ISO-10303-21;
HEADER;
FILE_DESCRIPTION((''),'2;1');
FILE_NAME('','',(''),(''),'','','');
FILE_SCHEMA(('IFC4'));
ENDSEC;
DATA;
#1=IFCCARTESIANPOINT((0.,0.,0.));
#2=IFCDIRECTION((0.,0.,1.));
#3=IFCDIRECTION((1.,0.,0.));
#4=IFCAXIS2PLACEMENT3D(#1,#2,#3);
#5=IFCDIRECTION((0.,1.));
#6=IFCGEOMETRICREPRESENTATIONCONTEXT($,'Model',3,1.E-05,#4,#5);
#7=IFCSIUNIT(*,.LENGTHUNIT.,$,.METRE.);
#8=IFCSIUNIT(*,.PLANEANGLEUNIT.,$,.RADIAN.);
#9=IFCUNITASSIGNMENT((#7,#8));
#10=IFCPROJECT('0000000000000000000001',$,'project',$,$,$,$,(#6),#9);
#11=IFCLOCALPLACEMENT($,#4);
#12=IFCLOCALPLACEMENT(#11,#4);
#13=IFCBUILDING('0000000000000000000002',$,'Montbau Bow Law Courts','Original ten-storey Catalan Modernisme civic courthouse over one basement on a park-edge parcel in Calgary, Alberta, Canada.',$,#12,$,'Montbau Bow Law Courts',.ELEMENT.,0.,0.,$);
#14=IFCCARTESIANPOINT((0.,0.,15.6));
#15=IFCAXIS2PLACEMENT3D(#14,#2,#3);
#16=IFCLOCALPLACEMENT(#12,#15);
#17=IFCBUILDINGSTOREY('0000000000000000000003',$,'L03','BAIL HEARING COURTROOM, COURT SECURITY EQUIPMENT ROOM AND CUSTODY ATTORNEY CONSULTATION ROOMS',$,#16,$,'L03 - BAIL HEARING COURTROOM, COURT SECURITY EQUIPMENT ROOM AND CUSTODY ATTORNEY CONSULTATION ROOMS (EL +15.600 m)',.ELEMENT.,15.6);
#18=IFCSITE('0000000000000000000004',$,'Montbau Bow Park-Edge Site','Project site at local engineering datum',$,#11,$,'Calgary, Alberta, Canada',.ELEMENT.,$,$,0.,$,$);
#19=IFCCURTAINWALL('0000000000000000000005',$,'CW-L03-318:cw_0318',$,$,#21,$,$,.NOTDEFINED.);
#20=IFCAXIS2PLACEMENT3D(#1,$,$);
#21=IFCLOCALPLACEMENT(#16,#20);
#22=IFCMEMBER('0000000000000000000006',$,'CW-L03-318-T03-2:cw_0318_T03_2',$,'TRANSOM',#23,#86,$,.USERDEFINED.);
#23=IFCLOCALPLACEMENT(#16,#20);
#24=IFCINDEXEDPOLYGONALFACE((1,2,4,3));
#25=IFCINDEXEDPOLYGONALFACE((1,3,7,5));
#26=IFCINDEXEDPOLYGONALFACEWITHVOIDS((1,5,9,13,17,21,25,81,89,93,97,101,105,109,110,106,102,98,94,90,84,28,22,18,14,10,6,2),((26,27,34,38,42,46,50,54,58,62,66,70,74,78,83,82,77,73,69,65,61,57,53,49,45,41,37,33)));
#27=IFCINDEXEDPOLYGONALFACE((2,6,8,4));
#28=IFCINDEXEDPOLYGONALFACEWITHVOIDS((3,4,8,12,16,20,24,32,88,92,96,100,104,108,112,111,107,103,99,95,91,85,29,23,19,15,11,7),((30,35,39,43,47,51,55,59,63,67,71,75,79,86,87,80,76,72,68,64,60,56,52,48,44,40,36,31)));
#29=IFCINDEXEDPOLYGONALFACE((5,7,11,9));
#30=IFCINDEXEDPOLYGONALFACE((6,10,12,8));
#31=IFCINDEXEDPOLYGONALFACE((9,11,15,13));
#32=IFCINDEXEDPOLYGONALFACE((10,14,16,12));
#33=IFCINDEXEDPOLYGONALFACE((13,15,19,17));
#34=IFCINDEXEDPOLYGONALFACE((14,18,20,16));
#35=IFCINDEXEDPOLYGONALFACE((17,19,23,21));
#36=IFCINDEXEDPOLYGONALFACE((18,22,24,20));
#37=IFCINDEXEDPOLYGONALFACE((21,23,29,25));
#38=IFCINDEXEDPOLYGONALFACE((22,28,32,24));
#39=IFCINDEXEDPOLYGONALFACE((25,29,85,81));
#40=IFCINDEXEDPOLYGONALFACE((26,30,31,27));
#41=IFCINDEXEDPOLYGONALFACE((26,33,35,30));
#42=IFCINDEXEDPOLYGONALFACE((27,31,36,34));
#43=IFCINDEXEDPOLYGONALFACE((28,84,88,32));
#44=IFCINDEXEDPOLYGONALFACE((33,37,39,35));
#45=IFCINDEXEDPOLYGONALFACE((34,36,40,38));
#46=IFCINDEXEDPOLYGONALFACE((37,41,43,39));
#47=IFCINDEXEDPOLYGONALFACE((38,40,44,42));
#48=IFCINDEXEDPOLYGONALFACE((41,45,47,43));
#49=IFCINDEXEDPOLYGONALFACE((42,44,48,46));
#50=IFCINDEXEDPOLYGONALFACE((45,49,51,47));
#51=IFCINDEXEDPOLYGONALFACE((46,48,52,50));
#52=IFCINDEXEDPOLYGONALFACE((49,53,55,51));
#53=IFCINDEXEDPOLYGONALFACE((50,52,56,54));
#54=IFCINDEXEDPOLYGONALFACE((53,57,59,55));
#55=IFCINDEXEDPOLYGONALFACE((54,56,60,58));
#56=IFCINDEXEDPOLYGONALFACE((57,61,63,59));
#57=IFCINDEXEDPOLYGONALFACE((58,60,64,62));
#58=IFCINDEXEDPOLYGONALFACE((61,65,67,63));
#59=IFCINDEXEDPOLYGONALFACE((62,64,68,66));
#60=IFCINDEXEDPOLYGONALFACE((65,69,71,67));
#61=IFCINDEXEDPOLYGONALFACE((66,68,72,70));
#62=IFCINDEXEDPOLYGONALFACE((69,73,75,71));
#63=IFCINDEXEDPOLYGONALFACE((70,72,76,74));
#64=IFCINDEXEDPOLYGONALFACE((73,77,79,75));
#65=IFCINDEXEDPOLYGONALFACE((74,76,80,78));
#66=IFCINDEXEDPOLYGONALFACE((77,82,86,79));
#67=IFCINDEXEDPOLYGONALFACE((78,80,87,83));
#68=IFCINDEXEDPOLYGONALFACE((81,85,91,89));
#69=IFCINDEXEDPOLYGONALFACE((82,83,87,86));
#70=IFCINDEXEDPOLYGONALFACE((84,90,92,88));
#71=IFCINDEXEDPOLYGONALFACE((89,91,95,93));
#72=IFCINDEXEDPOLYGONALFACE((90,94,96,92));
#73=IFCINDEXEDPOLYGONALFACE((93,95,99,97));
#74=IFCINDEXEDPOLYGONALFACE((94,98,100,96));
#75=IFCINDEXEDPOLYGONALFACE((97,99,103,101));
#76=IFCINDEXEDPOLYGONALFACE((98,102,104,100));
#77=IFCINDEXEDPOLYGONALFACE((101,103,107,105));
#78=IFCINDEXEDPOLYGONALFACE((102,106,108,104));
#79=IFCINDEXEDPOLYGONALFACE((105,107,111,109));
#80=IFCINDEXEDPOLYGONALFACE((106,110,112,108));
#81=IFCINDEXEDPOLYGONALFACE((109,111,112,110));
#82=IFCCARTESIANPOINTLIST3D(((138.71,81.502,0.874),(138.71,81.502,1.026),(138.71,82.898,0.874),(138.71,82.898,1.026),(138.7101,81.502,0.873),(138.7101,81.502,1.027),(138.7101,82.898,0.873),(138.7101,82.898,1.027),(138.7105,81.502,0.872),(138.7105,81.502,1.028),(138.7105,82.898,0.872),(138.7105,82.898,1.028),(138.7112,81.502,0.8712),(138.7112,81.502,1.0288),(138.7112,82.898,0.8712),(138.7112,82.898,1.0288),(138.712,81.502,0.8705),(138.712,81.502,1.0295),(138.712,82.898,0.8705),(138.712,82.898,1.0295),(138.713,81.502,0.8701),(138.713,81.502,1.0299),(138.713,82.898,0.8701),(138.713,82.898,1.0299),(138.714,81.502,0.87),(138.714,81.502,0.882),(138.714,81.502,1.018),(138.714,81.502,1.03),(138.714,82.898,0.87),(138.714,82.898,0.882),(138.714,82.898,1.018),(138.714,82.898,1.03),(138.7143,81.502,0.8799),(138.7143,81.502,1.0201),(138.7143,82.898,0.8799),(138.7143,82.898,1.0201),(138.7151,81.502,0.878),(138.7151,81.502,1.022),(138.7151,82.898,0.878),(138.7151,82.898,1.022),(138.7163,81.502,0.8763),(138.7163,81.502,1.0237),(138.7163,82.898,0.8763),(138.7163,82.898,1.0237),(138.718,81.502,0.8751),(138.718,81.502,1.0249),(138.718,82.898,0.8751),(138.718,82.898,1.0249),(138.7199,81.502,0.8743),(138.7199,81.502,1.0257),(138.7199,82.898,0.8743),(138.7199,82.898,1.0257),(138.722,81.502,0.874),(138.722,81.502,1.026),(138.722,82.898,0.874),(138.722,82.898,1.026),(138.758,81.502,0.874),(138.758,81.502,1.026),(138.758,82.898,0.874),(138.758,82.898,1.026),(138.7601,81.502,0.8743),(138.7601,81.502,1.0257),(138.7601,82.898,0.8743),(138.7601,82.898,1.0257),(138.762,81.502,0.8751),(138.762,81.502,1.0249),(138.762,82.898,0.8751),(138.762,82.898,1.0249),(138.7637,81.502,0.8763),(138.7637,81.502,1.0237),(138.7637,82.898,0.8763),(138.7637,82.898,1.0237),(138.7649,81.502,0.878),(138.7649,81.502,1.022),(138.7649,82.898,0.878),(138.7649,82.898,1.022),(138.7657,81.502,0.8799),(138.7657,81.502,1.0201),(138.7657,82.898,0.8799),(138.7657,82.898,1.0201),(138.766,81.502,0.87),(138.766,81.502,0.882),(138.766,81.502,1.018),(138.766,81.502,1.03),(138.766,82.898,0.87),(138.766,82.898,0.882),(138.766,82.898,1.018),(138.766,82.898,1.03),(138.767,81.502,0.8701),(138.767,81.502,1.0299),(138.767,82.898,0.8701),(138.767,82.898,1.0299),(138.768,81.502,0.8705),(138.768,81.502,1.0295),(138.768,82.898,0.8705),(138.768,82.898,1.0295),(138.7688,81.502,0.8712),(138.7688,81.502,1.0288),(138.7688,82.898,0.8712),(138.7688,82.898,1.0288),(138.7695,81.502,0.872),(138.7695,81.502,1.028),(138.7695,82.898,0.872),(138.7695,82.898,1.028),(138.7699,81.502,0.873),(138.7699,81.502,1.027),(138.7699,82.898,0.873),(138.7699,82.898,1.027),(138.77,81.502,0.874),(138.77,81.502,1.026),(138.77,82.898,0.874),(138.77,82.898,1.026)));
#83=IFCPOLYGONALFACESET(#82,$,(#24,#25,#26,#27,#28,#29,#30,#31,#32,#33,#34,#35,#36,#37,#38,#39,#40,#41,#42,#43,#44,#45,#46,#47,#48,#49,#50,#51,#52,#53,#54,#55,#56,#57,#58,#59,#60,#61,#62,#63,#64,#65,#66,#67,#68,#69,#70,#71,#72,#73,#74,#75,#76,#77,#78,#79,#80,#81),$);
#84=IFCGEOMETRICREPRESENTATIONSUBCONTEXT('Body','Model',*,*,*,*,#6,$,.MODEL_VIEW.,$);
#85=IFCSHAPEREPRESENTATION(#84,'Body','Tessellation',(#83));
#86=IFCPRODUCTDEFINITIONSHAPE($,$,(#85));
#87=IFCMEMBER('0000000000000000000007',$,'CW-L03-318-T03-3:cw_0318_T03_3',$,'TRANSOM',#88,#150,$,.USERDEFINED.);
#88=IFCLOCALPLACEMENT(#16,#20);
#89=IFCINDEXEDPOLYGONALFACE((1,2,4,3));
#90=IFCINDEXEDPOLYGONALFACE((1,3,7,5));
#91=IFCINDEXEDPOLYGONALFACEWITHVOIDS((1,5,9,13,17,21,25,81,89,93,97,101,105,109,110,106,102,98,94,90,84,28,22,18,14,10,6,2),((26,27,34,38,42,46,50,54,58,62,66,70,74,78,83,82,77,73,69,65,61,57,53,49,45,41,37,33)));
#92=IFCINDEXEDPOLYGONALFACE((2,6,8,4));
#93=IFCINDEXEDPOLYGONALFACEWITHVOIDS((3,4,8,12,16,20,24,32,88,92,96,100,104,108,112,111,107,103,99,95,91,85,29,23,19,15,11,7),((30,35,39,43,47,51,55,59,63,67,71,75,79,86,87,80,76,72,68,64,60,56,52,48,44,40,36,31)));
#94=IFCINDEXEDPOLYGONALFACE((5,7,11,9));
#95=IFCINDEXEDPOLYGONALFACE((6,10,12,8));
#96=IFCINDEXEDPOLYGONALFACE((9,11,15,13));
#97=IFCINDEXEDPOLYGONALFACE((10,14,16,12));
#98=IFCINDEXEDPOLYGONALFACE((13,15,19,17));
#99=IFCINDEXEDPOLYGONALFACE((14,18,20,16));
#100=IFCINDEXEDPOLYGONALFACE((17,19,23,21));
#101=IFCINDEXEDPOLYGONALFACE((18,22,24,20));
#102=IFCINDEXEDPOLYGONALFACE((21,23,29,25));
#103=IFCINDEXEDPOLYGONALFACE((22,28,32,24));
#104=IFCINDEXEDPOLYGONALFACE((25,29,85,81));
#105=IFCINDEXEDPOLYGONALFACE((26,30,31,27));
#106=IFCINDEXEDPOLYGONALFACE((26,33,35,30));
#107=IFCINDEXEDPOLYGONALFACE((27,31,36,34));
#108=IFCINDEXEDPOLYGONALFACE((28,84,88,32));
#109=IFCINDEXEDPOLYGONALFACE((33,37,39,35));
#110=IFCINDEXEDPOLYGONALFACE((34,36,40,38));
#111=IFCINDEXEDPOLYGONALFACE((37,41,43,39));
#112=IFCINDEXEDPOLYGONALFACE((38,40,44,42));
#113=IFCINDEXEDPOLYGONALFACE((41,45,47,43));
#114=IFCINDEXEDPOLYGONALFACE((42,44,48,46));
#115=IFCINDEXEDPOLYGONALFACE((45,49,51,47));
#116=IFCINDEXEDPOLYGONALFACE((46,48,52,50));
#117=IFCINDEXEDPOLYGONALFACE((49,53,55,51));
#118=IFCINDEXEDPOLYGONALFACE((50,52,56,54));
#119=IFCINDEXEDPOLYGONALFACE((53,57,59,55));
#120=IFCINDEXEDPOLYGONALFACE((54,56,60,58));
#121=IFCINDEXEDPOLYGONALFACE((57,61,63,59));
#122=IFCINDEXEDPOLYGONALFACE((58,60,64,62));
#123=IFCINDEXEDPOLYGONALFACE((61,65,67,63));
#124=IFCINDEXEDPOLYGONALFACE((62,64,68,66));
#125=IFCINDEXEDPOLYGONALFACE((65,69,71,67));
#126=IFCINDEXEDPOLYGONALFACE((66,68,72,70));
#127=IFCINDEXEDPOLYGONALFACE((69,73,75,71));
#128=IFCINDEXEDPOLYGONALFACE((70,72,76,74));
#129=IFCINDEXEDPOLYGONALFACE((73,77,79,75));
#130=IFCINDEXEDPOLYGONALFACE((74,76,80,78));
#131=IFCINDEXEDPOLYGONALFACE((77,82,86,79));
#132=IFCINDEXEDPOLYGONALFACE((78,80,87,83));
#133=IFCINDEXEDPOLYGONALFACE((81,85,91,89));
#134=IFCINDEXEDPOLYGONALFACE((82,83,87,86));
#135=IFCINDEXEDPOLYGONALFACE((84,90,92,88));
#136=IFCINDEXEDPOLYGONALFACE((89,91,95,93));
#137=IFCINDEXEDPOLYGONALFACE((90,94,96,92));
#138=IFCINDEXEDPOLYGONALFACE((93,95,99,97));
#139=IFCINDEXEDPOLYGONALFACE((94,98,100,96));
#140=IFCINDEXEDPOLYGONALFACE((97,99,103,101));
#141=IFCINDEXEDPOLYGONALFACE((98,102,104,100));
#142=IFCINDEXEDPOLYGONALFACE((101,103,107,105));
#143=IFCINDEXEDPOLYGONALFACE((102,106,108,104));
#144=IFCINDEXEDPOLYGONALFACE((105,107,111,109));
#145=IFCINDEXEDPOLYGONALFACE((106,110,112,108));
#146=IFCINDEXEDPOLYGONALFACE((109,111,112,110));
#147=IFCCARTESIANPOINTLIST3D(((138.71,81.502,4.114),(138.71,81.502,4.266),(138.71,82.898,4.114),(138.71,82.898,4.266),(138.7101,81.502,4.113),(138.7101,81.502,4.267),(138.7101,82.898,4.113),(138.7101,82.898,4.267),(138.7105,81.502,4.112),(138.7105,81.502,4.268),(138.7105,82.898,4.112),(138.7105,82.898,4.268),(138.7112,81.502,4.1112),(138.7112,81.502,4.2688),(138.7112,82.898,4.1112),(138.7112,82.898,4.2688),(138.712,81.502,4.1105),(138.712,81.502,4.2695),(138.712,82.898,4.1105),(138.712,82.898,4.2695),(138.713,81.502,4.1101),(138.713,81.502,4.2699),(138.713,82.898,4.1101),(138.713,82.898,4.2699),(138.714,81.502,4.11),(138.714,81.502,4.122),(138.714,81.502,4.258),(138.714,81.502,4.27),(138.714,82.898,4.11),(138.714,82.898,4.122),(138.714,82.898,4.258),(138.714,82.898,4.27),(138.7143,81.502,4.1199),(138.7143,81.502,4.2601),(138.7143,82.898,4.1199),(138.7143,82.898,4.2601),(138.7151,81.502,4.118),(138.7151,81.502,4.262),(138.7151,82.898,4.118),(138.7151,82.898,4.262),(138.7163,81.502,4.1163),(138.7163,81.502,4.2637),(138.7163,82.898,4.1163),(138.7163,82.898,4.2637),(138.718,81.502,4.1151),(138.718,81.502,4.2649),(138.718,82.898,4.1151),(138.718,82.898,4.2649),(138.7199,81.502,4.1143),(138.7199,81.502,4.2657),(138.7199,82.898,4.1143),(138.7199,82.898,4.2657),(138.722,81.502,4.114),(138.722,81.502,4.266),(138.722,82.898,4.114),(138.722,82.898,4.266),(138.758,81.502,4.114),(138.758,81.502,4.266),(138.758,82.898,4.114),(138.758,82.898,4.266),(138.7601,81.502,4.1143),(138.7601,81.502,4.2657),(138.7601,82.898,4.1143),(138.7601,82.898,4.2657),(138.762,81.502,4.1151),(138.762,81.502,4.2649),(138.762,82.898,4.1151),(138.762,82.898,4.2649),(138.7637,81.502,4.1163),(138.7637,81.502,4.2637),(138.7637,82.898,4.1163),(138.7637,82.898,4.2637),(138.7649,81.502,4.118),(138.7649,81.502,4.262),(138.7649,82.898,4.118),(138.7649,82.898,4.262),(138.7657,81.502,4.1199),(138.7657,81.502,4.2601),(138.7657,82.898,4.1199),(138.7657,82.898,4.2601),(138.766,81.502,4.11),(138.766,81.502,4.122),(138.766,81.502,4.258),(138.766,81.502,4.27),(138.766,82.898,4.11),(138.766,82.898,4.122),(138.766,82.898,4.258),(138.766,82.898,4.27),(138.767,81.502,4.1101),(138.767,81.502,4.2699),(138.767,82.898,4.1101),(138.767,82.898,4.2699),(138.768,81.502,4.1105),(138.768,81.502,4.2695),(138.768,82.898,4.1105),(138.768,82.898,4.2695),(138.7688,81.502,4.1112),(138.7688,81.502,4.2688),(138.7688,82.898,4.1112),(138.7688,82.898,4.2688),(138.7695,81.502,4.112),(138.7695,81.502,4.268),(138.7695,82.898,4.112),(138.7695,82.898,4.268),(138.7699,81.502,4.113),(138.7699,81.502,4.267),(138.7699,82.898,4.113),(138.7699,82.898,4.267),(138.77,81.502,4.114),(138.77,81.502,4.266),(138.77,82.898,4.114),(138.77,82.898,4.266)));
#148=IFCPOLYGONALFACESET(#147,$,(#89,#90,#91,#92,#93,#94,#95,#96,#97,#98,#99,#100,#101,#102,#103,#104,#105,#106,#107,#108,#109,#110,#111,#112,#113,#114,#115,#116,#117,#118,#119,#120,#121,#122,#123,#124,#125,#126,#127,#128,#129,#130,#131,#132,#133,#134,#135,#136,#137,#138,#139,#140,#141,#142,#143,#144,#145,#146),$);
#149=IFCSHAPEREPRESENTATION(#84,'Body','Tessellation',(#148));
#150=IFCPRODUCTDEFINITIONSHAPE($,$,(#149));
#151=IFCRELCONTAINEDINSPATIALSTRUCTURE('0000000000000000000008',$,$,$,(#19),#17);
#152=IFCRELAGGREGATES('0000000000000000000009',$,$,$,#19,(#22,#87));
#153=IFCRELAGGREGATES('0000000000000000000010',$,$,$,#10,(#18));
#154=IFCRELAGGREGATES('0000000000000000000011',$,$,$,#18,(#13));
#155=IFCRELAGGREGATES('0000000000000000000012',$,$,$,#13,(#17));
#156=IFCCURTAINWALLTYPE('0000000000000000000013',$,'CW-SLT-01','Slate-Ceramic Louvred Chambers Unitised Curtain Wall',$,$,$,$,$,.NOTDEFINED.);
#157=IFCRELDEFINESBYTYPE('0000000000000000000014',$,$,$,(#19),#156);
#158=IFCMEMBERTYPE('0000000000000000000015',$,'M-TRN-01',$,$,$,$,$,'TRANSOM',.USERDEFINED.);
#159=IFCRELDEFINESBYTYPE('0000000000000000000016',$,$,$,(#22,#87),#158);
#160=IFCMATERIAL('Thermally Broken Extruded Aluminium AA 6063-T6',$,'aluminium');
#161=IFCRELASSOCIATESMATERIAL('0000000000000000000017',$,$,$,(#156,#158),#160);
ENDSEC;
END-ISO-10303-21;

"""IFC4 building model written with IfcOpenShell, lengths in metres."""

from ifc_helpers import new_model, si_unit, direction, frame, origin_with_axes, origin_2d_with_axis, place, context, subcontext, project, spatial, hollow_rectangle, extrude, material, material_profile, profile_set, type_object, element, aggregate, save


model = new_model("IFC4")

# Units and contexts
model_context = context("Model", 3, precision=1e-05, world=origin_with_axes(), true_north=direction((0.0, 1.0)))
body_context = subcontext(model_context, "Body", "Model", "MODEL_VIEW")
ifc_project = project(units=[si_unit("LENGTHUNIT", "METRE"), si_unit("PLANEANGLEUNIT", "RADIAN")], contexts=[model_context])

# Site, building, storey
site_placement = place(None, origin_with_axes())
site = spatial("IfcSite", under=ifc_project, at=site_placement, Name="Montbau Bow Park-Edge Site", Description="Project site at local engineering datum", LongName="Calgary, Alberta, Canada", CompositionType="ELEMENT", RefElevation=0.0)
building_placement = place(site_placement, origin_with_axes())
building = spatial("IfcBuilding", under=site, at=building_placement, Name="Montbau Bow Law Courts", Description="Original ten-storey Catalan Modernisme civic courthouse over one basement on a park-edge parcel in Calgary, Alberta, Canada.", LongName="Montbau Bow Law Courts", CompositionType="ELEMENT", ElevationOfRefHeight=0.0, ElevationOfTerrain=0.0)
storey_placement = place(building_placement, frame((0.0, 0.0, 15.6), z_axis=(0.0, 0.0, 1.0), x_axis=(1.0, 0.0, 0.0)))
storey = spatial("IfcBuildingStorey", under=building, at=storey_placement, Name="L03", Description="BAIL HEARING COURTROOM, COURT SECURITY EQUIPMENT ROOM AND CUSTODY ATTORNEY CONSULTATION ROOMS", LongName="L03 - BAIL HEARING COURTROOM, COURT SECURITY EQUIPMENT ROOM AND CUSTODY ATTORNEY CONSULTATION ROOMS (EL +15.600 m)", CompositionType="ELEMENT", Elevation=15.6)

# Curtain wall
ifc_material_1 = material(Name="Thermally Broken Extruded Aluminium AA 6063-T6", Category="aluminium")
curtain_wall_type = type_object("IfcCurtainWallType", Name="CW-SLT-01", Description="Slate-Ceramic Louvred Chambers Unitised Curtain Wall", PredefinedType="NOTDEFINED", material=ifc_material_1)
curtain_wall_1_placement = place(None, frame((138.74, 78.515, 15.6), z_axis=(0.0, 0.0, 1.0), x_axis=(1.0, 0.0, 0.0)))
curtain_wall_1 = element("IfcCurtainWall", 1, at=curtain_wall_1_placement, inside=storey, type_object=curtain_wall_type, Name="CW-L03-318:cw_0318", PredefinedType="NOTDEFINED")

# Members
ifc_material_profile_1 = material_profile(ifc_material_1, hollow_rectangle(XDim=0.06, YDim=0.16, WallThickness=0.004, InnerFilletRadius=0.008, OuterFilletRadius=0.004, at=origin_2d_with_axis()), Name="CWT-160X60", Category="Main", Priority=0)
ifc_profile_set_1 = profile_set([ifc_material_profile_1], Name="Thermally Broken Extruded Aluminium AA 6063-T6")
member_type_1 = type_object("IfcMemberType", Name="M-TRN-01", ElementType="TRANSOM", PredefinedType="USERDEFINED", material=ifc_profile_set_1)
member_1_placement = place(None, frame((138.74, 81.502, 16.55), z_axis=(0.0, 1.0, 0.0), x_axis=(-1.0, 0.0, 0.0)))
member_1 = element("IfcMember", 2, at=member_1_placement, type_object=member_type_1, Name="CW-L03-318-T03-2:cw_0318_T03_2", ObjectType="TRANSOM", PredefinedType="USERDEFINED", context=body_context, shape_type="SweptSolid", body=[
    extrude(hollow_rectangle(XDim=0.06, YDim=0.16, WallThickness=0.004, InnerFilletRadius=0.008, OuterFilletRadius=0.004, at=origin_2d_with_axis()), origin_with_axes(), (0.0, 0.0, 1.0), 1.396),
])
member_2_placement = place(None, frame((138.74, 81.502, 19.79), z_axis=(0.0, 1.0, 0.0), x_axis=(-1.0, 0.0, 0.0)))
member_2 = element("IfcMember", 3, at=member_2_placement, type_object=member_type_1, Name="CW-L03-318-T03-3:cw_0318_T03_3", ObjectType="TRANSOM", PredefinedType="USERDEFINED", context=body_context, shape_type="SweptSolid", body=[
    extrude(hollow_rectangle(XDim=0.06, YDim=0.16, WallThickness=0.004, InnerFilletRadius=0.008, OuterFilletRadius=0.004, at=origin_2d_with_axis()), origin_with_axes(), (0.0, 0.0, 1.0), 1.396),
])

aggregate(curtain_wall_1, [member_1, member_2])

save(model, "model.ifc")
